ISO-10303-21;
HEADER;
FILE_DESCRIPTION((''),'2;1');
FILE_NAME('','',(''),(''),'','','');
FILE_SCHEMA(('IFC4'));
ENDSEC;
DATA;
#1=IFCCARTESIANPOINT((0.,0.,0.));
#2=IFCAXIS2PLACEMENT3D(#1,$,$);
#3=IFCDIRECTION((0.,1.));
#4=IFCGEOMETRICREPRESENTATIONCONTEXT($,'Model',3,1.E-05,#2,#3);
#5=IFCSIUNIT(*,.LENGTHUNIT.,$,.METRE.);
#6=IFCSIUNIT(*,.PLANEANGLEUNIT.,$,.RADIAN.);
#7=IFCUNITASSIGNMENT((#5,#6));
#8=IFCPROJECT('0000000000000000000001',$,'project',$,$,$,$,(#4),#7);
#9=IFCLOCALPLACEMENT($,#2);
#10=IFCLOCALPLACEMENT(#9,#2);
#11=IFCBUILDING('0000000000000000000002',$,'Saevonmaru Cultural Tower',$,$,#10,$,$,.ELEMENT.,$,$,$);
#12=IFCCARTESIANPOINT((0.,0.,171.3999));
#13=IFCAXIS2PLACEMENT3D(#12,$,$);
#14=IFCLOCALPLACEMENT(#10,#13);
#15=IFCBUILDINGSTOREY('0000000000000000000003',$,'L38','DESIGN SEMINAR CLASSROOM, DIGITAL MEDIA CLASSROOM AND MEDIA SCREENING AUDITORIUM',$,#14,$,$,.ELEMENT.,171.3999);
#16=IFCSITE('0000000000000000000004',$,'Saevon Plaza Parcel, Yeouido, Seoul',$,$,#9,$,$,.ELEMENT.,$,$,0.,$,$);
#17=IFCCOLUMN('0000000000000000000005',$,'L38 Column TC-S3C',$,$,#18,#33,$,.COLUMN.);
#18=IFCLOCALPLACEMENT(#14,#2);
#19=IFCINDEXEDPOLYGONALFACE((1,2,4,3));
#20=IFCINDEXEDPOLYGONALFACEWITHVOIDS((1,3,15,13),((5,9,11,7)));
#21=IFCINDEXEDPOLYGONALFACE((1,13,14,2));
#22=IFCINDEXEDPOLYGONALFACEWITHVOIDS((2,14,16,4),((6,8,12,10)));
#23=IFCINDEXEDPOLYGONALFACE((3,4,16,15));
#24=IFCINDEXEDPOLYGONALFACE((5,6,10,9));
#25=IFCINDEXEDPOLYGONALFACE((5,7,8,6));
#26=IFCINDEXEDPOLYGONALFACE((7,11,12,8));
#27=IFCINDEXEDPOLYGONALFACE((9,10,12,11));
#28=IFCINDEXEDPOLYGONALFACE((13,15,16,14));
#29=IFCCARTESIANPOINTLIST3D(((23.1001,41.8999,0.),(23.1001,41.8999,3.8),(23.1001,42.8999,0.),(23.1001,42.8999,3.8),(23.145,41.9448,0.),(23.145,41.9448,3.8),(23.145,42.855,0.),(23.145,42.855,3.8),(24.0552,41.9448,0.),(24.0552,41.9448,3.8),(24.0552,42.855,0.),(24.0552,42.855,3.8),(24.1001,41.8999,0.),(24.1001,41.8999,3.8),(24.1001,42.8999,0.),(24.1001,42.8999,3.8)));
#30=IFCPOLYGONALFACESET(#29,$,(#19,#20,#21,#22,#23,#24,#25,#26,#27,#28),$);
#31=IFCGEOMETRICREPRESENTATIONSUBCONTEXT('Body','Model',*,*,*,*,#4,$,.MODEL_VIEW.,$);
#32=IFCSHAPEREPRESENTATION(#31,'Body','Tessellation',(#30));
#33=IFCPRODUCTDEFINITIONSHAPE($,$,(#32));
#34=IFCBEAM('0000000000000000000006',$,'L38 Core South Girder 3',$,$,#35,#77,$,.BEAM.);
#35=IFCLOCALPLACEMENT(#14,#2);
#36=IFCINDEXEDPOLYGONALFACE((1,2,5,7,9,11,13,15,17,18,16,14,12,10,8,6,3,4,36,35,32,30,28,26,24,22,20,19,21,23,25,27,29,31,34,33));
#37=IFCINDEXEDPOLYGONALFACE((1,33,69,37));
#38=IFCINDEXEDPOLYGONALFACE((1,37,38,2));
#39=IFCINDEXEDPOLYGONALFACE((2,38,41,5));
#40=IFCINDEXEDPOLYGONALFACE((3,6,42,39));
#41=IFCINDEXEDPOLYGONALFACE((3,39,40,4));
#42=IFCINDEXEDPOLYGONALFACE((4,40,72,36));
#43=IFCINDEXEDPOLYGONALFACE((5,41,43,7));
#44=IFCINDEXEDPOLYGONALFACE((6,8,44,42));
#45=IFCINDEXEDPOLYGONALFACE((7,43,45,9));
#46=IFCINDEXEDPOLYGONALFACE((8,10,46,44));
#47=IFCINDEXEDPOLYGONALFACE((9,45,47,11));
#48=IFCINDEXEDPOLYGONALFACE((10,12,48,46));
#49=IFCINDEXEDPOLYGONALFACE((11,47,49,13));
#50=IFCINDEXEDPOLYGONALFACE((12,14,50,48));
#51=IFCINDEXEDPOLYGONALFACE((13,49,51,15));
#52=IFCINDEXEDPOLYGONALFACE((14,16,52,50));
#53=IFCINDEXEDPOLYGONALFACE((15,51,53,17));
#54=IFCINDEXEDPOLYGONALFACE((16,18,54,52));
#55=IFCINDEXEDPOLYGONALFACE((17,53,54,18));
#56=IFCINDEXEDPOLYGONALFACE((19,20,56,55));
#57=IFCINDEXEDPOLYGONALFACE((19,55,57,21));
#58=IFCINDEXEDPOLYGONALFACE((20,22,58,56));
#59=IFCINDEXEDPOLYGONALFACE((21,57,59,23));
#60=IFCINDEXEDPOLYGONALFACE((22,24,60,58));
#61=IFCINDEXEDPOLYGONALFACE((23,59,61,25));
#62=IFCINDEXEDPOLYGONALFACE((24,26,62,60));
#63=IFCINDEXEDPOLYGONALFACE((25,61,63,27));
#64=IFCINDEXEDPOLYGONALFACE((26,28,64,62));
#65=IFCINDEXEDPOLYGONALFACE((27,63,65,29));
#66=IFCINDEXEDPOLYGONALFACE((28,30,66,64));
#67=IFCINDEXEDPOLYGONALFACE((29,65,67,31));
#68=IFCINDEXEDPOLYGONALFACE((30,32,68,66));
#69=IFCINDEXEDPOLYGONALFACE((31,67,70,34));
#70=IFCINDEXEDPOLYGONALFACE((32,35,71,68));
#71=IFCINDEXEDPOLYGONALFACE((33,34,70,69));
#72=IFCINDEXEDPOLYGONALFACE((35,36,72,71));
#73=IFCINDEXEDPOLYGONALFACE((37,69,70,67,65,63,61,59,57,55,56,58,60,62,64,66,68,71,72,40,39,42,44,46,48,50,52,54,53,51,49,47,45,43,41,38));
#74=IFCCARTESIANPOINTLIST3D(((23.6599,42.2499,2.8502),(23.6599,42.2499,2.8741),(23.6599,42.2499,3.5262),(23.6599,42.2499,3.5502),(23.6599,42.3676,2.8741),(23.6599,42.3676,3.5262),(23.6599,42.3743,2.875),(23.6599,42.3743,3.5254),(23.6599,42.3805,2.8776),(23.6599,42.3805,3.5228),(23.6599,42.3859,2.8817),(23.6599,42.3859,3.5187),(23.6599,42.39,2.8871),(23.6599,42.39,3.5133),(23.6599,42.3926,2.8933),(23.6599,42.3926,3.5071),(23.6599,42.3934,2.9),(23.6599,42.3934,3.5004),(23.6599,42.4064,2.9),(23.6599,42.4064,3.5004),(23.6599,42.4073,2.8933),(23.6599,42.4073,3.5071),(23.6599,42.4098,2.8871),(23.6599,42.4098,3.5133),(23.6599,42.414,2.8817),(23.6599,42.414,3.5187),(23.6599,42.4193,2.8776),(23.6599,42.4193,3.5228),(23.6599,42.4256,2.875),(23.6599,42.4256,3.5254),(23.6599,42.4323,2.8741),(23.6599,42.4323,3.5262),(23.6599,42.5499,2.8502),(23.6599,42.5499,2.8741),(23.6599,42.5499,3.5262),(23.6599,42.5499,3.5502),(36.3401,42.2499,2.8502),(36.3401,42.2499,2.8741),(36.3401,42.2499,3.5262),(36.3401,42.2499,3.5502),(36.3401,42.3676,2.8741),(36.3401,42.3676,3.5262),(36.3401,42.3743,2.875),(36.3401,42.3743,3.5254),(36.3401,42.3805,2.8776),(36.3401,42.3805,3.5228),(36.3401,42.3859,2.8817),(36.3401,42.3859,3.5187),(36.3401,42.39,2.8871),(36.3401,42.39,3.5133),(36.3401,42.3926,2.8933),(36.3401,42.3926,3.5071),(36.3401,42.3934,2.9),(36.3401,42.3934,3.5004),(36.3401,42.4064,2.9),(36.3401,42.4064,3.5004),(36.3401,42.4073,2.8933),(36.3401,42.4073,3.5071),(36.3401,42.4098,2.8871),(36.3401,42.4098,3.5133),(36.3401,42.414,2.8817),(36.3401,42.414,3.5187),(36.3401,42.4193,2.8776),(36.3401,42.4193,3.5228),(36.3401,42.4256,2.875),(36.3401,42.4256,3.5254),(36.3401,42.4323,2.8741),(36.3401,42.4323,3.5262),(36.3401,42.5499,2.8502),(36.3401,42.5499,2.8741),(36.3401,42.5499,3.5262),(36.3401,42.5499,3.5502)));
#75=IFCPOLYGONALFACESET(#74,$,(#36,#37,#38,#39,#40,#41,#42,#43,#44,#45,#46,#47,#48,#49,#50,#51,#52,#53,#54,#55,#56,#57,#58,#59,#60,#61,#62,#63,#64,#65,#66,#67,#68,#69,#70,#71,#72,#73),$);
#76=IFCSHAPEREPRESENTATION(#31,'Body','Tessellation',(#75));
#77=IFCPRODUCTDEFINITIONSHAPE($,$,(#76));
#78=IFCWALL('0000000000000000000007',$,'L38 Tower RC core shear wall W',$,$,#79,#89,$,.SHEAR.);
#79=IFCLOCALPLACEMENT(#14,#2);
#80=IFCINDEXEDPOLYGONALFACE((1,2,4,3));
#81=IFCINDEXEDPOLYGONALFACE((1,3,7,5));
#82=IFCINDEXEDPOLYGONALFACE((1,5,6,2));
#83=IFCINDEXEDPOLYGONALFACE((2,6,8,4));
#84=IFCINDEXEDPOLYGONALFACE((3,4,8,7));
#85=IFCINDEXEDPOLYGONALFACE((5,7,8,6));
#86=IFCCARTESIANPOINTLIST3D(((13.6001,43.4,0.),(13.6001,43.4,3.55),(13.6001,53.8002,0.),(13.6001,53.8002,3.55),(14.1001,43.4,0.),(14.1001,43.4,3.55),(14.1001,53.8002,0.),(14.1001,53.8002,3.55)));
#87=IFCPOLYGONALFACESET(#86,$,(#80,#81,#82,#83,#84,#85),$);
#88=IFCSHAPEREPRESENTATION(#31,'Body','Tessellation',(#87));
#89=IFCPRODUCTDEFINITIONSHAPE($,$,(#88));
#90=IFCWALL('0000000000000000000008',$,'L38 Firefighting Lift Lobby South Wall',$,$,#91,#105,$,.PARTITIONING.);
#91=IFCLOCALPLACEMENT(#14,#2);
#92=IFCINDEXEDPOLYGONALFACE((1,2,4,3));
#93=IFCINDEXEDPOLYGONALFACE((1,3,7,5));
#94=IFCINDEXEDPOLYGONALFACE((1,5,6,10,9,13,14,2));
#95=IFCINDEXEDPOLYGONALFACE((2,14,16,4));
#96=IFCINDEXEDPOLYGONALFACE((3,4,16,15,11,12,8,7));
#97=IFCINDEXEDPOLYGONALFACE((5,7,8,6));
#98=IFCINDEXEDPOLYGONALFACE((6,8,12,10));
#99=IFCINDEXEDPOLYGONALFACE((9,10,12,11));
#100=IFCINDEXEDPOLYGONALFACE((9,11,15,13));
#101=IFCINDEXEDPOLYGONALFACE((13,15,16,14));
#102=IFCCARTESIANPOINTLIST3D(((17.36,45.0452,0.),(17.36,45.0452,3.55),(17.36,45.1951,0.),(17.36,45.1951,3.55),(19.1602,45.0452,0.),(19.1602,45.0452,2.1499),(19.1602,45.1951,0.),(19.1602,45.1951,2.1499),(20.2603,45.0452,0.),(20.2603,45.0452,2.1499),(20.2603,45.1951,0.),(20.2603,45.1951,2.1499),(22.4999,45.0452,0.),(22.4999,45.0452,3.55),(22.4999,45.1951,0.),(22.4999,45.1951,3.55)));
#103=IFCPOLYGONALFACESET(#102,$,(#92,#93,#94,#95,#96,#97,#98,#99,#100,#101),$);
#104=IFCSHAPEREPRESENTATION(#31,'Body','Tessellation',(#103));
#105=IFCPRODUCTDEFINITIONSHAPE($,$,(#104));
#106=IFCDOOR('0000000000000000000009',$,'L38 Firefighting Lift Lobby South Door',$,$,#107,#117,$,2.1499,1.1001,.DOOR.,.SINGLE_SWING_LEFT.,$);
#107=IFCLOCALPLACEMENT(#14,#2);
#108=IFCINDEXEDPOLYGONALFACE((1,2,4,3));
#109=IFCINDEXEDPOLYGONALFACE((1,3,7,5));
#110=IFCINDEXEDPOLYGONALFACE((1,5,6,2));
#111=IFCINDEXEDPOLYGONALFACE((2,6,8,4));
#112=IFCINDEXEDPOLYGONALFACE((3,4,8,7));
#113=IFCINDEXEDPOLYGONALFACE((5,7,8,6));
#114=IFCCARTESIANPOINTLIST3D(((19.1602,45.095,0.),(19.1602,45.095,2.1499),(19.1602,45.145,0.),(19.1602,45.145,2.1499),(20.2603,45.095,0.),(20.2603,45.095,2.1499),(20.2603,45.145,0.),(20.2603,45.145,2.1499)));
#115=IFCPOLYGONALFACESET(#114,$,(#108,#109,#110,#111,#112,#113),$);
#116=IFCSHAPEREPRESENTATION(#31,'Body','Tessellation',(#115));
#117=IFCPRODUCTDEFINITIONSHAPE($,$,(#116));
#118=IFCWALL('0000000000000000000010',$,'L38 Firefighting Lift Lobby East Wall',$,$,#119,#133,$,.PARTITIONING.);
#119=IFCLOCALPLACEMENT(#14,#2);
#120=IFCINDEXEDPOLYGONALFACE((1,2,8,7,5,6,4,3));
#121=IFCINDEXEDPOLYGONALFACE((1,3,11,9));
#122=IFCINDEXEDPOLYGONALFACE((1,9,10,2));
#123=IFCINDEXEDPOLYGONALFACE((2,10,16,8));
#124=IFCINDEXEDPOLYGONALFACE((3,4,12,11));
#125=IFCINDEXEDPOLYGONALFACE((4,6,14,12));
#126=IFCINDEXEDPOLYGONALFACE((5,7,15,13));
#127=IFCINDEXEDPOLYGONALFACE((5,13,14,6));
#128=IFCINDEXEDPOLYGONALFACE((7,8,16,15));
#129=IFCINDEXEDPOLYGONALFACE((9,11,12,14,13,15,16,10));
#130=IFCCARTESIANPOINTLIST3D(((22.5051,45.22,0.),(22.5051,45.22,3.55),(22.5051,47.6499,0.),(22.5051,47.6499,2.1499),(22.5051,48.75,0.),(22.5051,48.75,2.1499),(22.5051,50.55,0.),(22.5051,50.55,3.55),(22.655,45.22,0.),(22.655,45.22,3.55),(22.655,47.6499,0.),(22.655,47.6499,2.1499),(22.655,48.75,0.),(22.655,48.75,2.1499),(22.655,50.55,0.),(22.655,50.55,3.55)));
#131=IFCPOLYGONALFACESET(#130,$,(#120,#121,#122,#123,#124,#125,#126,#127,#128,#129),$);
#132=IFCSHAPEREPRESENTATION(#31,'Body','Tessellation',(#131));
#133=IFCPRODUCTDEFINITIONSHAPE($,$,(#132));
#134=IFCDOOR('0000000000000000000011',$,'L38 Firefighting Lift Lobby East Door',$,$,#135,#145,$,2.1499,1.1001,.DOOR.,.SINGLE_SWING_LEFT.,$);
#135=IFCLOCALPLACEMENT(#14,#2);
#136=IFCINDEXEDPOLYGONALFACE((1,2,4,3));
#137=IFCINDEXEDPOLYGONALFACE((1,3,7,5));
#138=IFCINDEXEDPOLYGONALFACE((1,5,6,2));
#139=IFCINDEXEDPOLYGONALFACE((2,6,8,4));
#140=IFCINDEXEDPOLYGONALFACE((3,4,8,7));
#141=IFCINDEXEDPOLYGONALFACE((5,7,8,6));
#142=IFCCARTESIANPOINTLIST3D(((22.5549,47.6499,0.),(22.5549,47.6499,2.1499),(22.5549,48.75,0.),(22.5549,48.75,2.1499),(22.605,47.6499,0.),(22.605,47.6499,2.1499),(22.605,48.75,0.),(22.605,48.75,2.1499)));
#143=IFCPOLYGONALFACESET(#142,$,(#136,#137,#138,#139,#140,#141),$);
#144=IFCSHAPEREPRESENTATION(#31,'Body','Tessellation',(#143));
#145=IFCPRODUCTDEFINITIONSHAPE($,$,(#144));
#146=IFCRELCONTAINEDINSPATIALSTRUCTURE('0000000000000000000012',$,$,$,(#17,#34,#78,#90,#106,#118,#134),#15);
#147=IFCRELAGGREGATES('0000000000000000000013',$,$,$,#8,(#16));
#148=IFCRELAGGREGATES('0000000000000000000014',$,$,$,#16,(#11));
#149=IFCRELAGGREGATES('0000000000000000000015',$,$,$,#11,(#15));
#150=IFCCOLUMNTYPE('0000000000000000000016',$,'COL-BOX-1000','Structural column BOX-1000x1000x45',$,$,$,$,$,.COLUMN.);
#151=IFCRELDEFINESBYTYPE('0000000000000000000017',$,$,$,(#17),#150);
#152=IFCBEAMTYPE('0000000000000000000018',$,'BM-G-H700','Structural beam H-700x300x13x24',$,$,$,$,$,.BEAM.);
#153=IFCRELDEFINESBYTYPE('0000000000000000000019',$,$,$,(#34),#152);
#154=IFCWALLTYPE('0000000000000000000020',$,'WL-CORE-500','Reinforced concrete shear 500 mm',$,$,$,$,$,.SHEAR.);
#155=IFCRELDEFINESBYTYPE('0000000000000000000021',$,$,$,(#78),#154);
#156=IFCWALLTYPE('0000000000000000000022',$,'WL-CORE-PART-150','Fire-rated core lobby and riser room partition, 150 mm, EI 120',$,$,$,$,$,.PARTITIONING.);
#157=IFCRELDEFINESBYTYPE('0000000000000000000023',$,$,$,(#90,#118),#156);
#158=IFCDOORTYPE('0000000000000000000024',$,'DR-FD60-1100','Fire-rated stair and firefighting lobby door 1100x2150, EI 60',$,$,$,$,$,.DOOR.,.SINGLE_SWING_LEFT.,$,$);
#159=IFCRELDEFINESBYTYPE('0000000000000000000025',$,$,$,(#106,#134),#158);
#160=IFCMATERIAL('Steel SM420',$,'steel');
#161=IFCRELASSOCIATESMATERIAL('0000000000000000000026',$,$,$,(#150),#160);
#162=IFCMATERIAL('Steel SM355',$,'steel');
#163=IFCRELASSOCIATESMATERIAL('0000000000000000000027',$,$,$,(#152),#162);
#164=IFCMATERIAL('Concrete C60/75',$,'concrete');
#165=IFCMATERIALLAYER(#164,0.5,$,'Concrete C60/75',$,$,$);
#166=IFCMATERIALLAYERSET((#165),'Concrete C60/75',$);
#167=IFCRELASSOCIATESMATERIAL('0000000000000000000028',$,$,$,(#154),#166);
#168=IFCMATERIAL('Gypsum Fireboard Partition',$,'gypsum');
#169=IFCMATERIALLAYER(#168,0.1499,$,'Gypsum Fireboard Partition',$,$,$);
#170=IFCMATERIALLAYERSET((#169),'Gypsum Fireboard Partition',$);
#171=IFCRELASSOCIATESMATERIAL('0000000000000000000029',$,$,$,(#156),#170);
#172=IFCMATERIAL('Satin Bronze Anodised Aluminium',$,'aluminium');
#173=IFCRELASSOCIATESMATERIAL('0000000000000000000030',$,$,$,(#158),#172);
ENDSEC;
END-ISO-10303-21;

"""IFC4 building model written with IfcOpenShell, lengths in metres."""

from ifc_helpers import new_model, si_unit, direction, frame, frame_2d, origin, origin_2d, place, context, subcontext, project, spatial, rectangle, hollow_rectangle, i_section, extrude, material, layer, layer_set, material_profile, profile_set, type_object, element, fill, save


model = new_model("IFC4")

# Units and contexts
model_context = context("Model", 3, precision=1e-05, world=origin(), true_north=direction((0.0, 1.0)))
body_context = subcontext(model_context, "Body", "Model", "MODEL_VIEW")
ifc_project = project(units=[si_unit("LENGTHUNIT", "METRE"), si_unit("PLANEANGLEUNIT", "RADIAN")], contexts=[model_context])

# Site, building, storey
site_placement = place(None, origin())
site = spatial("IfcSite", under=ifc_project, at=site_placement, Name="Saevon Plaza Parcel, Yeouido, Seoul", CompositionType="ELEMENT", RefElevation=0.0)
building_placement = place(site_placement, origin())
building = spatial("IfcBuilding", under=site, at=building_placement, Name="Saevonmaru Cultural Tower", CompositionType="ELEMENT")
storey_placement = place(building_placement, frame((0.0, 0.0, 171.3999)))
storey = spatial("IfcBuildingStorey", under=building, at=storey_placement, Name="L38", Description="DESIGN SEMINAR CLASSROOM, DIGITAL MEDIA CLASSROOM AND MEDIA SCREENING AUDITORIUM", CompositionType="ELEMENT", Elevation=171.3999)

# Column
ifc_material_1 = material(Name="Steel SM420", Category="steel")
ifc_material_profile_1 = material_profile(ifc_material_1, hollow_rectangle(XDim=1.0, YDim=1.0, WallThickness=0.0449, at=origin_2d()), Name="BOX-1000x1000x45")
ifc_profile_set_1 = profile_set([ifc_material_profile_1], Name="Steel SM420")
column_type = type_object("IfcColumnType", Name="COL-BOX-1000", Description="Structural column BOX-1000x1000x45", PredefinedType="COLUMN", material=ifc_profile_set_1)
column_placement = place(storey_placement, frame((23.6001, 42.3999, 0.0), z_axis=(0.0, 0.0, 1.0), x_axis=(1.0, 0.0, 0.0)))
element("IfcColumn", 1, at=column_placement, inside=storey, type_object=column_type, Name="L38 Column TC-S3C", PredefinedType="COLUMN", context=body_context, shape_type="SweptSolid", body=[
    extrude(hollow_rectangle(XDim=1.0, YDim=1.0, WallThickness=0.0449, at=origin_2d()), origin(), (0.0, 0.0, 1.0), 3.8),
])

# Beam
ifc_material_2 = material(Name="Steel SM355", Category="steel")
ifc_material_profile_2 = material_profile(ifc_material_2, i_section(OverallWidth=0.3, OverallDepth=0.7, WebThickness=0.0129, FlangeThickness=0.0239, FilletRadius=0.0259, at=origin_2d()), Name="H-700x300x13x24")
ifc_profile_set_2 = profile_set([ifc_material_profile_2], Name="Steel SM355")
beam_type = type_object("IfcBeamType", Name="BM-G-H700", Description="Structural beam H-700x300x13x24", PredefinedType="BEAM", material=ifc_profile_set_2)
beam_placement = place(storey_placement, frame((23.6599, 42.3999, 3.2002), z_axis=(1.0, 0.0, 0.0), x_axis=(0.0, 1.0, 0.0)))
element("IfcBeam", 2, at=beam_placement, inside=storey, type_object=beam_type, Name="L38 Core South Girder 3", PredefinedType="BEAM", context=body_context, shape_type="SweptSolid", body=[
    extrude(i_section(OverallWidth=0.3, OverallDepth=0.7, WebThickness=0.0129, FlangeThickness=0.0239, FilletRadius=0.0259, at=origin_2d()), origin(), (0.0, 0.0, 1.0), 12.6802),
])

# Wall
ifc_material_3 = material(Name="Concrete C60/75", Category="concrete")
ifc_layer_1 = layer(ifc_material_3, 0.5, Name="Concrete C60/75")
ifc_layer_set_1 = layer_set([ifc_layer_1], Name="Concrete C60/75")
wall_type_1 = type_object("IfcWallType", Name="WL-CORE-500", Description="Reinforced concrete shear 500 mm", PredefinedType="SHEAR", material=ifc_layer_set_1)
wall_1_placement = place(storey_placement, frame((13.8501, 43.3999, 0.0), z_axis=(0.0, 0.0, 1.0), x_axis=(0.0, 1.0, 0.0)))
element("IfcWall", 3, at=wall_1_placement, inside=storey, type_object=wall_type_1, Name="L38 Tower RC core shear wall W", PredefinedType="SHEAR", context=body_context, shape_type="SweptSolid", body=[
    extrude(rectangle(XDim=10.4001, YDim=0.5, at=frame_2d((5.2002, 0.0))), origin(), (0.0, 0.0, 1.0), 3.55),
])

# Walls, openings, doors
ifc_material_4 = material(Name="Gypsum Fireboard Partition", Category="gypsum")
ifc_layer_2 = layer(ifc_material_4, 0.1499, Name="Gypsum Fireboard Partition")
ifc_layer_set_2 = layer_set([ifc_layer_2], Name="Gypsum Fireboard Partition")
wall_type_2 = type_object("IfcWallType", Name="WL-CORE-PART-150", Description="Fire-rated core lobby and riser room partition, 150 mm, EI 120", PredefinedType="PARTITIONING", material=ifc_layer_set_2)
wall_2_placement = place(storey_placement, frame((17.3601, 45.1201, 0.0), z_axis=(0.0, 0.0, 1.0), x_axis=(1.0, 0.0, 0.0)))
wall_2 = element("IfcWall", 4, at=wall_2_placement, inside=storey, type_object=wall_type_2, Name="L38 Firefighting Lift Lobby South Wall", PredefinedType="PARTITIONING", context=body_context, shape_type="SweptSolid", body=[
    extrude(rectangle(XDim=5.1399, YDim=0.1499, at=frame_2d((2.5698, 0.0))), origin(), (0.0, 0.0, 1.0), 3.55),
])
opening_1_placement = place(wall_2_placement, frame((1.8, 0.0, 0.0)))
opening_1 = element("IfcOpeningElement", 5, at=opening_1_placement, cuts=wall_2, PredefinedType="OPENING", context=body_context, shape_type="SweptSolid", body=[
    extrude(rectangle(XDim=1.1001, YDim=2.1499, at=frame_2d((0.55, 1.075))), frame((0.0, 0.085, 0.0), z_axis=(0.0, -1.0, 0.0), x_axis=(1.0, 0.0, 0.0)), (0.0, 0.0, 1.0), 0.1699),
])
ifc_material_5 = material(Name="Satin Bronze Anodised Aluminium", Category="aluminium")
door_type_1 = type_object("IfcDoorType", Name="DR-FD60-1100", Description="Fire-rated stair and firefighting lobby door 1100x2150, EI 60", OperationType="SINGLE_SWING_LEFT", PredefinedType="DOOR", material=ifc_material_5)
door_1_placement = place(opening_1_placement, origin())
door_1 = element("IfcDoor", 6, at=door_1_placement, inside=storey, type_object=door_type_1, Name="L38 Firefighting Lift Lobby South Door", OperationType="SINGLE_SWING_LEFT", OverallHeight=2.1499, OverallWidth=1.1001, PredefinedType="DOOR", context=body_context, shape_type="SweptSolid", body=[
    extrude(rectangle(XDim=1.1001, YDim=2.1499, at=frame_2d((0.55, 1.075))), frame((0.0, 0.0249, 0.0), z_axis=(0.0, -1.0, 0.0), x_axis=(1.0, 0.0, 0.0)), (0.0, 0.0, 1.0), 0.05),
])
fill(opening_1, door_1)
wall_3_placement = place(storey_placement, frame((22.5801, 50.55, 0.0), z_axis=(0.0, 0.0, 1.0), x_axis=(0.0, -1.0, 0.0)))
wall_3 = element("IfcWall", 7, at=wall_3_placement, inside=storey, type_object=wall_type_2, Name="L38 Firefighting Lift Lobby East Wall", PredefinedType="PARTITIONING", context=body_context, shape_type="SweptSolid", body=[
    extrude(rectangle(XDim=5.3301, YDim=0.1499, at=frame_2d((2.665, 0.0))), origin(), (0.0, 0.0, 1.0), 3.55),
])
opening_2_placement = place(wall_3_placement, frame((1.8, 0.0, 0.0)))
opening_2 = element("IfcOpeningElement", 8, at=opening_2_placement, cuts=wall_3, PredefinedType="OPENING", context=body_context, shape_type="SweptSolid", body=[
    extrude(rectangle(XDim=1.1001, YDim=2.1499, at=frame_2d((0.55, 1.075))), frame((0.0, 0.085, 0.0), z_axis=(0.0, -1.0, 0.0), x_axis=(1.0, 0.0, 0.0)), (0.0, 0.0, 1.0), 0.1699),
])
door_2_placement = place(opening_2_placement, origin())
door_2 = element("IfcDoor", 9, at=door_2_placement, inside=storey, type_object=door_type_1, Name="L38 Firefighting Lift Lobby East Door", OperationType="SINGLE_SWING_LEFT", OverallHeight=2.1499, OverallWidth=1.1001, PredefinedType="DOOR", context=body_context, shape_type="SweptSolid", body=[
    extrude(rectangle(XDim=1.1001, YDim=2.1499, at=frame_2d((0.55, 1.075))), frame((0.0, 0.0249, 0.0), z_axis=(0.0, -1.0, 0.0), x_axis=(1.0, 0.0, 0.0)), (0.0, 0.0, 1.0), 0.05),
])
fill(opening_2, door_2)

save(model, "model.ifc")
